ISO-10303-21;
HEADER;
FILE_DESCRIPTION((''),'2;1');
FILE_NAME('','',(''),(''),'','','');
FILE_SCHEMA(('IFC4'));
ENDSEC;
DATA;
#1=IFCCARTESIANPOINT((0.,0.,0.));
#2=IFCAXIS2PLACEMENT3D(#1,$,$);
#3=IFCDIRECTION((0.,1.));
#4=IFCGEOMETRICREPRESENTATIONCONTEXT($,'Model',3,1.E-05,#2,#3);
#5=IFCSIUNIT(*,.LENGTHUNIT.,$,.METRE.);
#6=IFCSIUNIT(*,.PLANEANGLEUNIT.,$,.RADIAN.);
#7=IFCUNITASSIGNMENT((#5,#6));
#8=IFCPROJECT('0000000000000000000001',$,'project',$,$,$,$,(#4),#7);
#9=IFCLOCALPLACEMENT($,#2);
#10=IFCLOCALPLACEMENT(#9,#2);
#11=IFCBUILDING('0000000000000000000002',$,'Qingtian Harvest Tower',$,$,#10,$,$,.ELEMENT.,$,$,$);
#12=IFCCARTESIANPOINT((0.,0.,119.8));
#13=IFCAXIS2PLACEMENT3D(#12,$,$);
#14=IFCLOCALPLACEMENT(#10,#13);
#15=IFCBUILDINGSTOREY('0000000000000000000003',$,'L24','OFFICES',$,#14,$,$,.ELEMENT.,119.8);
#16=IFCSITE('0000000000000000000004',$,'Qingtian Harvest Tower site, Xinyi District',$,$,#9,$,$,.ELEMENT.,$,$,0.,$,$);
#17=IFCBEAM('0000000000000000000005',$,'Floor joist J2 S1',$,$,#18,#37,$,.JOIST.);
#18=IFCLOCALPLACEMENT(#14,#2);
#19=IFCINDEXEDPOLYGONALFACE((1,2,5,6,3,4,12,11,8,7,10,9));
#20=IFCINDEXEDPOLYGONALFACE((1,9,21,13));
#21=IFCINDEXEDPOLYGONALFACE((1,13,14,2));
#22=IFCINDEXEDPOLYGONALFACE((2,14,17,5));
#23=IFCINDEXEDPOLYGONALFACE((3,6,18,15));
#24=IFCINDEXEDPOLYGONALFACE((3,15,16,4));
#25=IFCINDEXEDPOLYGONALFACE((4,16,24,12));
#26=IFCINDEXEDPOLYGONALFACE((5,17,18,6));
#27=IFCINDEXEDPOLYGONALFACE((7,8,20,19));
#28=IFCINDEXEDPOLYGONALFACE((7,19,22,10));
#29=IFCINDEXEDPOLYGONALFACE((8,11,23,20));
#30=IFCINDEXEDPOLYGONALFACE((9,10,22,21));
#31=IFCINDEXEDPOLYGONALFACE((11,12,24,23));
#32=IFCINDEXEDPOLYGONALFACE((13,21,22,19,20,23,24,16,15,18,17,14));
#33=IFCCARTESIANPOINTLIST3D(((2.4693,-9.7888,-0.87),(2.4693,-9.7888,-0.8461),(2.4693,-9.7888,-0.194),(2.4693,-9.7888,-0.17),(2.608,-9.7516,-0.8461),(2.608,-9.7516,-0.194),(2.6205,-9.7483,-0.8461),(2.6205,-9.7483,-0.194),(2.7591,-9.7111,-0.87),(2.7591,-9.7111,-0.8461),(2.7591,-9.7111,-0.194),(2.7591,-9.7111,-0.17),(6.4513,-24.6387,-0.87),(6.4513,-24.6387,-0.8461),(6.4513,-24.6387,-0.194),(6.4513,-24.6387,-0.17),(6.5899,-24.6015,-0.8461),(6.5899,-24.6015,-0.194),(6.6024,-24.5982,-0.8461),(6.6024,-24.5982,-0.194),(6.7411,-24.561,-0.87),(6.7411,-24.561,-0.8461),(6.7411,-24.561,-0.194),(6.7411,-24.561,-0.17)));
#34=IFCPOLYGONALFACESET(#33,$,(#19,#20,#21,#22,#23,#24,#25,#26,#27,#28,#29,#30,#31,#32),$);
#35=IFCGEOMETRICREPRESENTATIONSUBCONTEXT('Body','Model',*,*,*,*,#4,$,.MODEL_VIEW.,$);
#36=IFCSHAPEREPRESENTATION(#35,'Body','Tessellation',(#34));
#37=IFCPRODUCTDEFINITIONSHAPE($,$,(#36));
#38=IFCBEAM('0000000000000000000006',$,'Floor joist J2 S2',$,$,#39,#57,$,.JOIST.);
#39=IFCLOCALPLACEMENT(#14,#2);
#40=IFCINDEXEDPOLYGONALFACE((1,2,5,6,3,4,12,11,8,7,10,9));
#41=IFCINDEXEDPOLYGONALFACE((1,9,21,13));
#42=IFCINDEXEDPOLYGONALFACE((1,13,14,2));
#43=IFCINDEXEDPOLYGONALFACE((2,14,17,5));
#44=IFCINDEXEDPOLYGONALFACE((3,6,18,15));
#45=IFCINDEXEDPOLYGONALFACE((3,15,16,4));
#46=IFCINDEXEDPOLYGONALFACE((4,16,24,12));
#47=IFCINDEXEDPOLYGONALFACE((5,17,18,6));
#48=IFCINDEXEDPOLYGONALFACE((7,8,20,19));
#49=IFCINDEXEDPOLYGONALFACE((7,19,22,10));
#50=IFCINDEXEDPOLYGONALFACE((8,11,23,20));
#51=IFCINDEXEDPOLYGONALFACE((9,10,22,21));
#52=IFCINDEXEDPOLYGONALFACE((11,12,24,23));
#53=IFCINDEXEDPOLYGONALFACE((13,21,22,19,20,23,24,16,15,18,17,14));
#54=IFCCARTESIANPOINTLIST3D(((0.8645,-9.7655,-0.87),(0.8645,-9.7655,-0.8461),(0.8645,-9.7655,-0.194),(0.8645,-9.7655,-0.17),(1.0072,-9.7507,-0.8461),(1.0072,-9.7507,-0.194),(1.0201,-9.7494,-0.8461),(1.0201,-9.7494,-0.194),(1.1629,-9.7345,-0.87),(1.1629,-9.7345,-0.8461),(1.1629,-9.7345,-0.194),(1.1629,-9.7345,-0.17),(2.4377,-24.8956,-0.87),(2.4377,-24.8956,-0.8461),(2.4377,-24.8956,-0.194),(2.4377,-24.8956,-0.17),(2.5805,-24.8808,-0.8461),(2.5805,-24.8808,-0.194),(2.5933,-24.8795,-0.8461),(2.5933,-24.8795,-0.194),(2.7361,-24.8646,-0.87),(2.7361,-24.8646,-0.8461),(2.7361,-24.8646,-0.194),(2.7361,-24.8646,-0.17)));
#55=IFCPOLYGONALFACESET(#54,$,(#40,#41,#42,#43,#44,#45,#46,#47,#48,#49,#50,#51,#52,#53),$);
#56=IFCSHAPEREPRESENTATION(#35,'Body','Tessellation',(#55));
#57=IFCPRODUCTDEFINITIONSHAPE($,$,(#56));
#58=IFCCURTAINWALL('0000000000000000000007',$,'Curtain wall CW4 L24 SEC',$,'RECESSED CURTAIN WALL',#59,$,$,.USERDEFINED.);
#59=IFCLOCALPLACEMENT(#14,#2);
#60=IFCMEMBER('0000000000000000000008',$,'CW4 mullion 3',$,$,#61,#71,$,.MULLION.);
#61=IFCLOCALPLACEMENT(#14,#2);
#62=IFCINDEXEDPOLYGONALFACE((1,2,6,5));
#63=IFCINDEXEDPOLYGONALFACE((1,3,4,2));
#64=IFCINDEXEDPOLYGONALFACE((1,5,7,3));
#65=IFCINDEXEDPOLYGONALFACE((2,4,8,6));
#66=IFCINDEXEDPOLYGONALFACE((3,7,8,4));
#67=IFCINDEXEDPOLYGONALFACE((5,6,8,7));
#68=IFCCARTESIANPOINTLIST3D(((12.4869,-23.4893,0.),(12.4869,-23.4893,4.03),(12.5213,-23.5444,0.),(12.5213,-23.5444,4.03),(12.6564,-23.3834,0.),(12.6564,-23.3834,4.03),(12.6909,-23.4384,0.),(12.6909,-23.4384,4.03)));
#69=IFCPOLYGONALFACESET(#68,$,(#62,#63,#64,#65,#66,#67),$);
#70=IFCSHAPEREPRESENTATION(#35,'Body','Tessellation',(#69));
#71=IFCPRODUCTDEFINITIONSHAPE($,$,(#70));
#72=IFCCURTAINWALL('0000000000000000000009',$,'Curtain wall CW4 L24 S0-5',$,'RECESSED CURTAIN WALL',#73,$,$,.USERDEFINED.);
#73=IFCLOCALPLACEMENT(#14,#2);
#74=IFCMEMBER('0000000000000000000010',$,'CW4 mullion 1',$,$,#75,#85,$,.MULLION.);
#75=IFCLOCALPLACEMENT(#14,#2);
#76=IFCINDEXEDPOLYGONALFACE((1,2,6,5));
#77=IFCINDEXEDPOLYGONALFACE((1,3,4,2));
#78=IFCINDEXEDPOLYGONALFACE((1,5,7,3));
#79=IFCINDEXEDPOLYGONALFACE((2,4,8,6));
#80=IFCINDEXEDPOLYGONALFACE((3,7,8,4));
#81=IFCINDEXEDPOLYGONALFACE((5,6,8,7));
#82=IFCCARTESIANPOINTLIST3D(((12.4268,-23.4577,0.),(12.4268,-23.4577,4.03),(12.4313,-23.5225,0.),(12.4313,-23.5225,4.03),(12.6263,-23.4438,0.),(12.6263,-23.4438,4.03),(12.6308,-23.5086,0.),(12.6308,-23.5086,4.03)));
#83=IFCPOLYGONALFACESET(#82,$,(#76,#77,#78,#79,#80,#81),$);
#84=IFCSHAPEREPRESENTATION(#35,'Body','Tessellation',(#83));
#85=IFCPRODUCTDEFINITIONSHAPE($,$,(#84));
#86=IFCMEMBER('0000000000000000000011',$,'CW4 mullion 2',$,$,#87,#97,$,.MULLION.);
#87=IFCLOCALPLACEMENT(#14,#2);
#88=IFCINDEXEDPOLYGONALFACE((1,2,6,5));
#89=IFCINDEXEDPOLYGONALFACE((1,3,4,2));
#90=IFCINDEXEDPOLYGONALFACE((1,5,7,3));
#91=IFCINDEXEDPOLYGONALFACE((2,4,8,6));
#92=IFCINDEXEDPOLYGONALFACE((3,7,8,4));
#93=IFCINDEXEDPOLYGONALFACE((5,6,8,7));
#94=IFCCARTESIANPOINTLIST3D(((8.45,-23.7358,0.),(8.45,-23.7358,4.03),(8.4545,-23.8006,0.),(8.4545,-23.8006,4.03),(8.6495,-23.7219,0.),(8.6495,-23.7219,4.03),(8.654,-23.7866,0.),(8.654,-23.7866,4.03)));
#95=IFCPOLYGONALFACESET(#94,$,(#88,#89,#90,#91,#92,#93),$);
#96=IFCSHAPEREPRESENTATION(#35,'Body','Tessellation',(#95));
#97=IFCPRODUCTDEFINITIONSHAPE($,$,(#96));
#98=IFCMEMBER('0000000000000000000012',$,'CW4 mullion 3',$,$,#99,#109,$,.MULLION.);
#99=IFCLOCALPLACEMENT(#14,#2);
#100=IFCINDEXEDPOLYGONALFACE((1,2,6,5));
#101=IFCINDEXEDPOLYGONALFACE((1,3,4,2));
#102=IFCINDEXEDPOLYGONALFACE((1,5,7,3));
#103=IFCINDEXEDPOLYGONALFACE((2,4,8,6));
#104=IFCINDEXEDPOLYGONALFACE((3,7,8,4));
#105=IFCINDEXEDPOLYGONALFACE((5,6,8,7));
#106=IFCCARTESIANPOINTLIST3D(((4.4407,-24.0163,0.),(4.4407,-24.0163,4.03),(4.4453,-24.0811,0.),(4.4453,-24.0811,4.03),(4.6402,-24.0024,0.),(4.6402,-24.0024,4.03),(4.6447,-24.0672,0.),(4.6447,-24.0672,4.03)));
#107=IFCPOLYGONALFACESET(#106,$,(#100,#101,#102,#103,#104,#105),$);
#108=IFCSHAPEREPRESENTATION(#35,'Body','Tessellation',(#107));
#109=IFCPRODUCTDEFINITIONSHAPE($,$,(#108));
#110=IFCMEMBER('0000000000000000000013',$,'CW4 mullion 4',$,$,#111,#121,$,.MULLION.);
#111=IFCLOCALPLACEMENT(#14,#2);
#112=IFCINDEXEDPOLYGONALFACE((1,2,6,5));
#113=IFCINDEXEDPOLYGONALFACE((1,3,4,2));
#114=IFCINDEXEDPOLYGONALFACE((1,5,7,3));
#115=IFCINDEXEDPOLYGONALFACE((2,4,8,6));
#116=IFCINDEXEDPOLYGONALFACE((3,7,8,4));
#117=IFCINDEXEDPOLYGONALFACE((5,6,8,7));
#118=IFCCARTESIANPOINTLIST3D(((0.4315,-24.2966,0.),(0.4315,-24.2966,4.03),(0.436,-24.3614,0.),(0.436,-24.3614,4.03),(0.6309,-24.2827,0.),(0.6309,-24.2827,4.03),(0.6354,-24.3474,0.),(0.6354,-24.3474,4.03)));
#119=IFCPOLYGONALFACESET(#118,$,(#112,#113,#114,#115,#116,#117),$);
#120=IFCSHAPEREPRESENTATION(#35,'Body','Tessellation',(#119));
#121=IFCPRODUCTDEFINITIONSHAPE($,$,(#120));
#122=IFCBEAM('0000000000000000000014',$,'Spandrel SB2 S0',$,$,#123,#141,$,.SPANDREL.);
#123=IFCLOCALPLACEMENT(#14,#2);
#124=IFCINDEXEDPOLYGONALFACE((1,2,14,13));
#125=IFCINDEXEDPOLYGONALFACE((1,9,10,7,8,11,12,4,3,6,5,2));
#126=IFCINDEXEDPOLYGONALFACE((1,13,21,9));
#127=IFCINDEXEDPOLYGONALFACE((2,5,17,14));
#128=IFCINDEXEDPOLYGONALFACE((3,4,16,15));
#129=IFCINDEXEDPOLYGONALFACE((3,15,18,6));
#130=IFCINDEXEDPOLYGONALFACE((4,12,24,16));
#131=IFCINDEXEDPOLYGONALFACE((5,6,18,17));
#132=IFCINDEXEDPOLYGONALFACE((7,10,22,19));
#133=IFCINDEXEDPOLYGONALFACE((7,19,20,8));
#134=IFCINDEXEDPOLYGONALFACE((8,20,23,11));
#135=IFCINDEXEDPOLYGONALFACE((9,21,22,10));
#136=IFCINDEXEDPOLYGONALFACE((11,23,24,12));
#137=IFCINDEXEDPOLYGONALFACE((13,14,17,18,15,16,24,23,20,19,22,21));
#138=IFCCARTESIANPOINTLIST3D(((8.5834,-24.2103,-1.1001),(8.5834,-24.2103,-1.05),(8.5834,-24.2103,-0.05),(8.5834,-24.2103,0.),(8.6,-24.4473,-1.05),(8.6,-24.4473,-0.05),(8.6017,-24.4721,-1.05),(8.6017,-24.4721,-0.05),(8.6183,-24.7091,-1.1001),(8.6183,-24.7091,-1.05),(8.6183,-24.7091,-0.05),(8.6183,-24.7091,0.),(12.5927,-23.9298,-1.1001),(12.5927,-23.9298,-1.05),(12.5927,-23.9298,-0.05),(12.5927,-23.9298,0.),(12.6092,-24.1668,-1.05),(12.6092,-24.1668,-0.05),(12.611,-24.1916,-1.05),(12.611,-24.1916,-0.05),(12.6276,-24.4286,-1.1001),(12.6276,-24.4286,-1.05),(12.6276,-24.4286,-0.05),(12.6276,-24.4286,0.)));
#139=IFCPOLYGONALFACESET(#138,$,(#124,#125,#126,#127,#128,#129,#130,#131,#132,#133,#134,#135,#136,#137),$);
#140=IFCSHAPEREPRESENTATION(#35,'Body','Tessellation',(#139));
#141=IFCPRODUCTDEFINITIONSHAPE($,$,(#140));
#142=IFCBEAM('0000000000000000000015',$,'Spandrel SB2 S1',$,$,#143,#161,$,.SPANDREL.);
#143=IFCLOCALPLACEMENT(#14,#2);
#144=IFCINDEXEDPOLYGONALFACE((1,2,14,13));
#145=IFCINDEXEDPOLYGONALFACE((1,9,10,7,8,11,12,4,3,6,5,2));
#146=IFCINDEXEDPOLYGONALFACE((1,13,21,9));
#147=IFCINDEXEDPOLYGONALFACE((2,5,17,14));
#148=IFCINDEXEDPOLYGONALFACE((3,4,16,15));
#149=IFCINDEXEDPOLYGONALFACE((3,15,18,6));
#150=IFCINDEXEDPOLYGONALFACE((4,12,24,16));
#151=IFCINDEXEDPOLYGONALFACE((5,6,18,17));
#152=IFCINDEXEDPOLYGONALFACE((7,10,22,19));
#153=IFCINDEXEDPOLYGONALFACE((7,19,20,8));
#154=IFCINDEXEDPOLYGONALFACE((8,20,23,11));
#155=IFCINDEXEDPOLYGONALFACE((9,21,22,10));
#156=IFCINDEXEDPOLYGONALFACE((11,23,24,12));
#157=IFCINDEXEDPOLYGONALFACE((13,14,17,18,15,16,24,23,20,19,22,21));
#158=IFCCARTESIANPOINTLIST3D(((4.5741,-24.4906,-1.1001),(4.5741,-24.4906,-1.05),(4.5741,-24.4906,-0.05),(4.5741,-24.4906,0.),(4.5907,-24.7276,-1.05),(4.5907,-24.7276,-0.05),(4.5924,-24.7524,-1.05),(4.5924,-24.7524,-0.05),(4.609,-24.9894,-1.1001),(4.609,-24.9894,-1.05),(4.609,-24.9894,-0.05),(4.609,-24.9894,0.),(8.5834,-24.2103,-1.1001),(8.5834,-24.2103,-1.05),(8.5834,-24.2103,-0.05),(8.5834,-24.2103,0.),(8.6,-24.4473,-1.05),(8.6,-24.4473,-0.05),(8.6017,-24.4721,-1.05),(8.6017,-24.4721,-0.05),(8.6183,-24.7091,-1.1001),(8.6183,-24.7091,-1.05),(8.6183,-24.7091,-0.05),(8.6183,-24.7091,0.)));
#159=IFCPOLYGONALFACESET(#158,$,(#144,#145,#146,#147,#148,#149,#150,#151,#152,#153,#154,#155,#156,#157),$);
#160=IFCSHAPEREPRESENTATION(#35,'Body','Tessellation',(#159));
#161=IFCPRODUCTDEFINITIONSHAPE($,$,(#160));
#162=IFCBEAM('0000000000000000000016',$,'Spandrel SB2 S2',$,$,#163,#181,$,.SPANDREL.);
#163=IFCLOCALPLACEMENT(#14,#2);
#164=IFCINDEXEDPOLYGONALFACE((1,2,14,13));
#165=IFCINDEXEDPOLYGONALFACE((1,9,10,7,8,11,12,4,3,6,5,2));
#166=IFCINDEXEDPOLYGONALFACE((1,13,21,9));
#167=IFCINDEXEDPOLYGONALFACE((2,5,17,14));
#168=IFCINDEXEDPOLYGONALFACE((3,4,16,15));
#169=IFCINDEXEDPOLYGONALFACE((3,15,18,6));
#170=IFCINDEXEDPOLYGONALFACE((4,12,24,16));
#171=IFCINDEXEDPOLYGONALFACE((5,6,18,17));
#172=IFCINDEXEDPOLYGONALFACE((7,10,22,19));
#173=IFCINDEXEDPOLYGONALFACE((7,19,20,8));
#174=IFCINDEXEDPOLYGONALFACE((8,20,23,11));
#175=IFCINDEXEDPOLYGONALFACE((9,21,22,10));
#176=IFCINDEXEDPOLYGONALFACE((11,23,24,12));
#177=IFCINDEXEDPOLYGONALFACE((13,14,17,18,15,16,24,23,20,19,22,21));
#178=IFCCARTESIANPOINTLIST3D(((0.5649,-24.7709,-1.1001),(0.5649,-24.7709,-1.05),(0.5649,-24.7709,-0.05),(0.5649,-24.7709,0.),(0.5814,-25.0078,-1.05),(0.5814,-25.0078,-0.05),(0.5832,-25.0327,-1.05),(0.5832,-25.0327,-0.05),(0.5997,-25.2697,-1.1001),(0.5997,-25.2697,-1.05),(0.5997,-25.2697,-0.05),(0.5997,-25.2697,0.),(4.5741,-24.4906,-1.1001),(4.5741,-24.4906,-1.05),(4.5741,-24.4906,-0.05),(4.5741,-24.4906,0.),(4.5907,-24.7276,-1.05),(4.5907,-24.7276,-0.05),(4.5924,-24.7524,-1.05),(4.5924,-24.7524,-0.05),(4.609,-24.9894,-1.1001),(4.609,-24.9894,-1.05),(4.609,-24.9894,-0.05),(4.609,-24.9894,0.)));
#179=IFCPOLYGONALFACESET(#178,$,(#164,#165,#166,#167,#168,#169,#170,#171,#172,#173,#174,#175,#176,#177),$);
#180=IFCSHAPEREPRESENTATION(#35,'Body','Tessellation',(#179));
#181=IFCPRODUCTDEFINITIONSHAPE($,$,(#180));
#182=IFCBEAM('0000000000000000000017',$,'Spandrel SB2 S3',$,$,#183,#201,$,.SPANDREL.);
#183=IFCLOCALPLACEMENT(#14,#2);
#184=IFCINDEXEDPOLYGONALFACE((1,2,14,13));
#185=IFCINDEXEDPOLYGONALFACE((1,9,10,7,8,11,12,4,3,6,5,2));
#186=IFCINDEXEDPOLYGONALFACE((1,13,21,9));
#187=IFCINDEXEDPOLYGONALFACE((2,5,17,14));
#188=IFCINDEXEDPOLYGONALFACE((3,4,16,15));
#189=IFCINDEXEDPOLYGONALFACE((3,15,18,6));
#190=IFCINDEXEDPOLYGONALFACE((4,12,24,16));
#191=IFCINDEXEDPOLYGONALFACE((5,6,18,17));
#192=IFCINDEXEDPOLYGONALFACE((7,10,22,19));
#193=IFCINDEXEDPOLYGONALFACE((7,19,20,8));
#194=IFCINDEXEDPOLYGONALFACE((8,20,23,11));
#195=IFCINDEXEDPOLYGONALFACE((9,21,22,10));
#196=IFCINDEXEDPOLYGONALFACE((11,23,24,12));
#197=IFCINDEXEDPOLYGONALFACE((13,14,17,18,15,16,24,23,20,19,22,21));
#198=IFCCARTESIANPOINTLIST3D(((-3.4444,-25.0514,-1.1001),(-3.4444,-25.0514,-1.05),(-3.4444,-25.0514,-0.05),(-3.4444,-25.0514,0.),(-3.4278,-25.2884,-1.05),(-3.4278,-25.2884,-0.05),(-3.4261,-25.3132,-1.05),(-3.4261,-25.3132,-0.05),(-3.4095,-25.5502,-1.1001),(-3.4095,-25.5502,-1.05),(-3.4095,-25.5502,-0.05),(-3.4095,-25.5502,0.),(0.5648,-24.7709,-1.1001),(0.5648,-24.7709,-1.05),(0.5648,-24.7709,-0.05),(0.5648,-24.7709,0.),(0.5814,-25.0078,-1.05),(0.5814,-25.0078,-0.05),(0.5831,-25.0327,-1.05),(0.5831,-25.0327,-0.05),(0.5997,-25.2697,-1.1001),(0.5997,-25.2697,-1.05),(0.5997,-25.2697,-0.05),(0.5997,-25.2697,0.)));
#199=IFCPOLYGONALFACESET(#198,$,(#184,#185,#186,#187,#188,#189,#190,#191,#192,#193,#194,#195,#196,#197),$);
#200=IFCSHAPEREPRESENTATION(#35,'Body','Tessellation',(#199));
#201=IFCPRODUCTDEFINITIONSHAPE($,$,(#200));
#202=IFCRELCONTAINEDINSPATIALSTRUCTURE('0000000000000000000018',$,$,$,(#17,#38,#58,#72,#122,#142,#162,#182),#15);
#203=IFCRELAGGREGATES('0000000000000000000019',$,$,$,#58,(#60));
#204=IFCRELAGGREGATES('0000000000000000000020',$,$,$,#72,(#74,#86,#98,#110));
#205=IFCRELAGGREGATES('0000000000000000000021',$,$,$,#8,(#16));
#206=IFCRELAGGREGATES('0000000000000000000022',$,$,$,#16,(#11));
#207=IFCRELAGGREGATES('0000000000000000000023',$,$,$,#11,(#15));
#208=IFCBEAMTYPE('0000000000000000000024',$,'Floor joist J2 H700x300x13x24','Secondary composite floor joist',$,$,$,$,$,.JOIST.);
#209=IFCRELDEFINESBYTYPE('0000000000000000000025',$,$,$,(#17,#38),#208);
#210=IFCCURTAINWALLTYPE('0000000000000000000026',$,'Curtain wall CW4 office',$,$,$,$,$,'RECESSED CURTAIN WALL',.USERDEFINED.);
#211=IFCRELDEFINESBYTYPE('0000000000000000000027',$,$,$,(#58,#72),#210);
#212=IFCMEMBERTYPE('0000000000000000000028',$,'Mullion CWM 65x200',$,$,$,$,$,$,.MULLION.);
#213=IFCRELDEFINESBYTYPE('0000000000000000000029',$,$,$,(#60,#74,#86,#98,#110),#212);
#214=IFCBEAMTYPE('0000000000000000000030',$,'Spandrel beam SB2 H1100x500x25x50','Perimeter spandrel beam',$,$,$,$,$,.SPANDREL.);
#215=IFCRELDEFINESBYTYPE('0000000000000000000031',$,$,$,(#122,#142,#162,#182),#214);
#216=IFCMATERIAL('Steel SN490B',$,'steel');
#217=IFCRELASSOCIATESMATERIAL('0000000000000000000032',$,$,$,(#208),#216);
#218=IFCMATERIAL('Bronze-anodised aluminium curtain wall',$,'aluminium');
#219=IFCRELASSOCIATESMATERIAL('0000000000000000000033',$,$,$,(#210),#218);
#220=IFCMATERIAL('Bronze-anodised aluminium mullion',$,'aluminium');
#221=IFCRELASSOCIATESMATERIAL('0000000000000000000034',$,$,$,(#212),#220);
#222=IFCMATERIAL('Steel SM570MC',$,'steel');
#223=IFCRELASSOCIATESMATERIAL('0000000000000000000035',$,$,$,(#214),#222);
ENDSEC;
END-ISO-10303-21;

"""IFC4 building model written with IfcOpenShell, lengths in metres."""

from ifc_helpers import new_model, si_unit, direction, frame, origin, origin_2d, place, context, subcontext, project, spatial, rectangle, i_section, extrude, material, material_profile, profile_set, type_object, element, aggregate, save


model = new_model("IFC4")

# Units and contexts
model_context = context("Model", 3, precision=1e-05, world=origin(), true_north=direction((0.0, 1.0)))
body_context = subcontext(model_context, "Body", "Model", "MODEL_VIEW")
ifc_project = project(units=[si_unit("LENGTHUNIT", "METRE"), si_unit("PLANEANGLEUNIT", "RADIAN")], contexts=[model_context])

# Site, building, storey
site_placement = place(None, origin())
site = spatial("IfcSite", under=ifc_project, at=site_placement, Name="Qingtian Harvest Tower site, Xinyi District", CompositionType="ELEMENT", RefElevation=0.0)
building_placement = place(site_placement, origin())
building = spatial("IfcBuilding", under=site, at=building_placement, Name="Qingtian Harvest Tower", CompositionType="ELEMENT")
storey_placement = place(building_placement, frame((0.0, 0.0, 119.8)))
storey = spatial("IfcBuildingStorey", under=building, at=storey_placement, Name="L24", Description="OFFICES", CompositionType="ELEMENT", Elevation=119.8)

# Beams
ifc_material_1 = material(Name="Steel SN490B", Category="steel")
ifc_material_profile_1 = material_profile(ifc_material_1, i_section(OverallWidth=0.3, OverallDepth=0.7, WebThickness=0.0129, FlangeThickness=0.0239, at=origin_2d()), Name="H700x300x13x24")
ifc_profile_set_1 = profile_set([ifc_material_profile_1], Name="Steel SN490B")
beam_type_1 = type_object("IfcBeamType", Name="Floor joist J2 H700x300x13x24", Description="Secondary composite floor joist", PredefinedType="JOIST", material=ifc_profile_set_1)
beam_1_placement = place(storey_placement, frame((6.5962, -24.5999, -0.52), z_axis=(-0.258997, 0.965878, 0.0), x_axis=(-0.965878, -0.258997, 0.0)))
element("IfcBeam", 1, at=beam_1_placement, inside=storey, type_object=beam_type_1, Name="Floor joist J2 S1", PredefinedType="JOIST", context=body_context, shape_type="SweptSolid", body=[
    extrude(i_section(OverallWidth=0.3, OverallDepth=0.7, WebThickness=0.0129, FlangeThickness=0.0239, at=origin_2d()), origin(), (0.0, 0.0, 1.0), 15.3745),
])
beam_2_placement = place(storey_placement, frame((2.5869, -24.8801, -0.52), z_axis=(-0.103423, 0.994637, 0.0), x_axis=(-0.994637, -0.103423, 0.0)))
element("IfcBeam", 2, at=beam_2_placement, inside=storey, type_object=beam_type_1, Name="Floor joist J2 S2", PredefinedType="JOIST", context=body_context, shape_type="SweptSolid", body=[
    extrude(i_section(OverallWidth=0.3, OverallDepth=0.7, WebThickness=0.0129, FlangeThickness=0.0239, at=origin_2d()), origin(), (0.0, 0.0, 1.0), 15.2117),
])

# Curtain wall, member
ifc_material_2 = material(Name="Bronze-anodised aluminium curtain wall", Category="aluminium")
curtain_wall_type = type_object("IfcCurtainWallType", Name="Curtain wall CW4 office", ElementType="RECESSED CURTAIN WALL", PredefinedType="USERDEFINED", material=ifc_material_2)
curtain_wall_1_placement = place(storey_placement, origin())
curtain_wall_1 = element("IfcCurtainWall", 3, at=curtain_wall_1_placement, inside=storey, type_object=curtain_wall_type, Name="Curtain wall CW4 L24 SEC", ObjectType="RECESSED CURTAIN WALL", PredefinedType="USERDEFINED")
ifc_material_3 = material(Name="Bronze-anodised aluminium mullion", Category="aluminium")
ifc_material_profile_2 = material_profile(ifc_material_3, rectangle(XDim=0.0649, YDim=0.2, at=origin_2d()), Name="AL 65x200")
ifc_profile_set_2 = profile_set([ifc_material_profile_2], Name="Bronze-anodised aluminium mullion")
member_type_1 = type_object("IfcMemberType", Name="Mullion CWM 65x200", PredefinedType="MULLION", material=ifc_profile_set_2)
member_1_placement = place(storey_placement, frame((12.5889, -23.4639, 0.0), z_axis=(0.0, 0.0, 1.0), x_axis=(0.529919, -0.848048, 0.0)))
member_1 = element("IfcMember", 4, at=member_1_placement, type_object=member_type_1, Name="CW4 mullion 3", PredefinedType="MULLION", context=body_context, shape_type="SweptSolid", body=[
    extrude(rectangle(XDim=0.0649, YDim=0.2, at=origin_2d()), origin(), (0.0, 0.0, 1.0), 4.03),
])
aggregate(curtain_wall_1, [member_1])

# Curtain wall, members
curtain_wall_2_placement = place(storey_placement, origin())
curtain_wall_2 = element("IfcCurtainWall", 5, at=curtain_wall_2_placement, inside=storey, type_object=curtain_wall_type, Name="Curtain wall CW4 L24 S0-5", ObjectType="RECESSED CURTAIN WALL", PredefinedType="USERDEFINED")
member_2_placement = place(storey_placement, frame((12.5288, -23.4832, 0.0), z_axis=(0.0, 0.0, 1.0), x_axis=(0.069756, -0.997564, 0.0)))
member_2 = element("IfcMember", 6, at=member_2_placement, type_object=member_type_1, Name="CW4 mullion 1", PredefinedType="MULLION", context=body_context, shape_type="SweptSolid", body=[
    extrude(rectangle(XDim=0.0649, YDim=0.2, at=origin_2d()), origin(), (0.0, 0.0, 1.0), 4.03),
])
member_3_placement = place(storey_placement, frame((8.552, -23.7612, 0.0), z_axis=(0.0, 0.0, 1.0), x_axis=(0.069756, -0.997564, 0.0)))
member_3 = element("IfcMember", 7, at=member_3_placement, type_object=member_type_1, Name="CW4 mullion 2", PredefinedType="MULLION", context=body_context, shape_type="SweptSolid", body=[
    extrude(rectangle(XDim=0.0649, YDim=0.2, at=origin_2d()), origin(), (0.0, 0.0, 1.0), 4.03),
])
member_4_placement = place(storey_placement, frame((4.5427, -24.0417, 0.0), z_axis=(0.0, 0.0, 1.0), x_axis=(0.069756, -0.997564, 0.0)))
member_4 = element("IfcMember", 8, at=member_4_placement, type_object=member_type_1, Name="CW4 mullion 3", PredefinedType="MULLION", context=body_context, shape_type="SweptSolid", body=[
    extrude(rectangle(XDim=0.0649, YDim=0.2, at=origin_2d()), origin(), (0.0, 0.0, 1.0), 4.03),
])
member_5_placement = place(storey_placement, frame((0.5334, -24.322, 0.0), z_axis=(0.0, 0.0, 1.0), x_axis=(0.069756, -0.997564, 0.0)))
member_5 = element("IfcMember", 9, at=member_5_placement, type_object=member_type_1, Name="CW4 mullion 4", PredefinedType="MULLION", context=body_context, shape_type="SweptSolid", body=[
    extrude(rectangle(XDim=0.0649, YDim=0.2, at=origin_2d()), origin(), (0.0, 0.0, 1.0), 4.03),
])

# Beams
ifc_material_4 = material(Name="Steel SM570MC", Category="steel")
ifc_material_profile_3 = material_profile(ifc_material_4, i_section(OverallWidth=0.5, OverallDepth=1.1001, WebThickness=0.0249, FlangeThickness=0.05, at=origin_2d()), Name="H1100x500x25x50")
ifc_profile_set_3 = profile_set([ifc_material_profile_3], Name="Steel SM570MC")
beam_type_2 = type_object("IfcBeamType", Name="Spandrel beam SB2 H1100x500x25x50", Description="Perimeter spandrel beam", PredefinedType="SPANDREL", material=ifc_profile_set_3)
for number, where, z_axis, x_axis, name in (
    (10, (12.6101, -24.1792, -0.55), (-0.997561, -0.069796, 0.0), (0.069796, -0.997561, 0.0), "Spandrel SB2 S0"),
    (11, (8.6008, -24.4597, -0.55), (-0.997565, -0.069736, 0.0), (0.069736, -0.997565, 0.0), "Spandrel SB2 S1"),
    (12, (4.5916, -24.74, -0.55), (-0.997565, -0.069736, 0.0), (0.069736, -0.997565, 0.0), "Spandrel SB2 S2"),
    (13, (0.5823, -25.0203, -0.55), (-0.997561, -0.069796, 0.0), (0.069796, -0.997561, 0.0), "Spandrel SB2 S3"),
):
    element("IfcBeam", number, at=place(storey_placement, frame(where, z_axis=z_axis, x_axis=x_axis)), inside=storey, type_object=beam_type_2, Name=name, PredefinedType="SPANDREL", context=body_context, shape_type="SweptSolid", body=[
        extrude(i_section(OverallWidth=0.5, OverallDepth=1.1001, WebThickness=0.0249, FlangeThickness=0.05, at=origin_2d()), origin(), (0.0, 0.0, 1.0), 4.019),
    ])

aggregate(curtain_wall_2, [member_2, member_3, member_4, member_5])

save(model, "model.ifc")
